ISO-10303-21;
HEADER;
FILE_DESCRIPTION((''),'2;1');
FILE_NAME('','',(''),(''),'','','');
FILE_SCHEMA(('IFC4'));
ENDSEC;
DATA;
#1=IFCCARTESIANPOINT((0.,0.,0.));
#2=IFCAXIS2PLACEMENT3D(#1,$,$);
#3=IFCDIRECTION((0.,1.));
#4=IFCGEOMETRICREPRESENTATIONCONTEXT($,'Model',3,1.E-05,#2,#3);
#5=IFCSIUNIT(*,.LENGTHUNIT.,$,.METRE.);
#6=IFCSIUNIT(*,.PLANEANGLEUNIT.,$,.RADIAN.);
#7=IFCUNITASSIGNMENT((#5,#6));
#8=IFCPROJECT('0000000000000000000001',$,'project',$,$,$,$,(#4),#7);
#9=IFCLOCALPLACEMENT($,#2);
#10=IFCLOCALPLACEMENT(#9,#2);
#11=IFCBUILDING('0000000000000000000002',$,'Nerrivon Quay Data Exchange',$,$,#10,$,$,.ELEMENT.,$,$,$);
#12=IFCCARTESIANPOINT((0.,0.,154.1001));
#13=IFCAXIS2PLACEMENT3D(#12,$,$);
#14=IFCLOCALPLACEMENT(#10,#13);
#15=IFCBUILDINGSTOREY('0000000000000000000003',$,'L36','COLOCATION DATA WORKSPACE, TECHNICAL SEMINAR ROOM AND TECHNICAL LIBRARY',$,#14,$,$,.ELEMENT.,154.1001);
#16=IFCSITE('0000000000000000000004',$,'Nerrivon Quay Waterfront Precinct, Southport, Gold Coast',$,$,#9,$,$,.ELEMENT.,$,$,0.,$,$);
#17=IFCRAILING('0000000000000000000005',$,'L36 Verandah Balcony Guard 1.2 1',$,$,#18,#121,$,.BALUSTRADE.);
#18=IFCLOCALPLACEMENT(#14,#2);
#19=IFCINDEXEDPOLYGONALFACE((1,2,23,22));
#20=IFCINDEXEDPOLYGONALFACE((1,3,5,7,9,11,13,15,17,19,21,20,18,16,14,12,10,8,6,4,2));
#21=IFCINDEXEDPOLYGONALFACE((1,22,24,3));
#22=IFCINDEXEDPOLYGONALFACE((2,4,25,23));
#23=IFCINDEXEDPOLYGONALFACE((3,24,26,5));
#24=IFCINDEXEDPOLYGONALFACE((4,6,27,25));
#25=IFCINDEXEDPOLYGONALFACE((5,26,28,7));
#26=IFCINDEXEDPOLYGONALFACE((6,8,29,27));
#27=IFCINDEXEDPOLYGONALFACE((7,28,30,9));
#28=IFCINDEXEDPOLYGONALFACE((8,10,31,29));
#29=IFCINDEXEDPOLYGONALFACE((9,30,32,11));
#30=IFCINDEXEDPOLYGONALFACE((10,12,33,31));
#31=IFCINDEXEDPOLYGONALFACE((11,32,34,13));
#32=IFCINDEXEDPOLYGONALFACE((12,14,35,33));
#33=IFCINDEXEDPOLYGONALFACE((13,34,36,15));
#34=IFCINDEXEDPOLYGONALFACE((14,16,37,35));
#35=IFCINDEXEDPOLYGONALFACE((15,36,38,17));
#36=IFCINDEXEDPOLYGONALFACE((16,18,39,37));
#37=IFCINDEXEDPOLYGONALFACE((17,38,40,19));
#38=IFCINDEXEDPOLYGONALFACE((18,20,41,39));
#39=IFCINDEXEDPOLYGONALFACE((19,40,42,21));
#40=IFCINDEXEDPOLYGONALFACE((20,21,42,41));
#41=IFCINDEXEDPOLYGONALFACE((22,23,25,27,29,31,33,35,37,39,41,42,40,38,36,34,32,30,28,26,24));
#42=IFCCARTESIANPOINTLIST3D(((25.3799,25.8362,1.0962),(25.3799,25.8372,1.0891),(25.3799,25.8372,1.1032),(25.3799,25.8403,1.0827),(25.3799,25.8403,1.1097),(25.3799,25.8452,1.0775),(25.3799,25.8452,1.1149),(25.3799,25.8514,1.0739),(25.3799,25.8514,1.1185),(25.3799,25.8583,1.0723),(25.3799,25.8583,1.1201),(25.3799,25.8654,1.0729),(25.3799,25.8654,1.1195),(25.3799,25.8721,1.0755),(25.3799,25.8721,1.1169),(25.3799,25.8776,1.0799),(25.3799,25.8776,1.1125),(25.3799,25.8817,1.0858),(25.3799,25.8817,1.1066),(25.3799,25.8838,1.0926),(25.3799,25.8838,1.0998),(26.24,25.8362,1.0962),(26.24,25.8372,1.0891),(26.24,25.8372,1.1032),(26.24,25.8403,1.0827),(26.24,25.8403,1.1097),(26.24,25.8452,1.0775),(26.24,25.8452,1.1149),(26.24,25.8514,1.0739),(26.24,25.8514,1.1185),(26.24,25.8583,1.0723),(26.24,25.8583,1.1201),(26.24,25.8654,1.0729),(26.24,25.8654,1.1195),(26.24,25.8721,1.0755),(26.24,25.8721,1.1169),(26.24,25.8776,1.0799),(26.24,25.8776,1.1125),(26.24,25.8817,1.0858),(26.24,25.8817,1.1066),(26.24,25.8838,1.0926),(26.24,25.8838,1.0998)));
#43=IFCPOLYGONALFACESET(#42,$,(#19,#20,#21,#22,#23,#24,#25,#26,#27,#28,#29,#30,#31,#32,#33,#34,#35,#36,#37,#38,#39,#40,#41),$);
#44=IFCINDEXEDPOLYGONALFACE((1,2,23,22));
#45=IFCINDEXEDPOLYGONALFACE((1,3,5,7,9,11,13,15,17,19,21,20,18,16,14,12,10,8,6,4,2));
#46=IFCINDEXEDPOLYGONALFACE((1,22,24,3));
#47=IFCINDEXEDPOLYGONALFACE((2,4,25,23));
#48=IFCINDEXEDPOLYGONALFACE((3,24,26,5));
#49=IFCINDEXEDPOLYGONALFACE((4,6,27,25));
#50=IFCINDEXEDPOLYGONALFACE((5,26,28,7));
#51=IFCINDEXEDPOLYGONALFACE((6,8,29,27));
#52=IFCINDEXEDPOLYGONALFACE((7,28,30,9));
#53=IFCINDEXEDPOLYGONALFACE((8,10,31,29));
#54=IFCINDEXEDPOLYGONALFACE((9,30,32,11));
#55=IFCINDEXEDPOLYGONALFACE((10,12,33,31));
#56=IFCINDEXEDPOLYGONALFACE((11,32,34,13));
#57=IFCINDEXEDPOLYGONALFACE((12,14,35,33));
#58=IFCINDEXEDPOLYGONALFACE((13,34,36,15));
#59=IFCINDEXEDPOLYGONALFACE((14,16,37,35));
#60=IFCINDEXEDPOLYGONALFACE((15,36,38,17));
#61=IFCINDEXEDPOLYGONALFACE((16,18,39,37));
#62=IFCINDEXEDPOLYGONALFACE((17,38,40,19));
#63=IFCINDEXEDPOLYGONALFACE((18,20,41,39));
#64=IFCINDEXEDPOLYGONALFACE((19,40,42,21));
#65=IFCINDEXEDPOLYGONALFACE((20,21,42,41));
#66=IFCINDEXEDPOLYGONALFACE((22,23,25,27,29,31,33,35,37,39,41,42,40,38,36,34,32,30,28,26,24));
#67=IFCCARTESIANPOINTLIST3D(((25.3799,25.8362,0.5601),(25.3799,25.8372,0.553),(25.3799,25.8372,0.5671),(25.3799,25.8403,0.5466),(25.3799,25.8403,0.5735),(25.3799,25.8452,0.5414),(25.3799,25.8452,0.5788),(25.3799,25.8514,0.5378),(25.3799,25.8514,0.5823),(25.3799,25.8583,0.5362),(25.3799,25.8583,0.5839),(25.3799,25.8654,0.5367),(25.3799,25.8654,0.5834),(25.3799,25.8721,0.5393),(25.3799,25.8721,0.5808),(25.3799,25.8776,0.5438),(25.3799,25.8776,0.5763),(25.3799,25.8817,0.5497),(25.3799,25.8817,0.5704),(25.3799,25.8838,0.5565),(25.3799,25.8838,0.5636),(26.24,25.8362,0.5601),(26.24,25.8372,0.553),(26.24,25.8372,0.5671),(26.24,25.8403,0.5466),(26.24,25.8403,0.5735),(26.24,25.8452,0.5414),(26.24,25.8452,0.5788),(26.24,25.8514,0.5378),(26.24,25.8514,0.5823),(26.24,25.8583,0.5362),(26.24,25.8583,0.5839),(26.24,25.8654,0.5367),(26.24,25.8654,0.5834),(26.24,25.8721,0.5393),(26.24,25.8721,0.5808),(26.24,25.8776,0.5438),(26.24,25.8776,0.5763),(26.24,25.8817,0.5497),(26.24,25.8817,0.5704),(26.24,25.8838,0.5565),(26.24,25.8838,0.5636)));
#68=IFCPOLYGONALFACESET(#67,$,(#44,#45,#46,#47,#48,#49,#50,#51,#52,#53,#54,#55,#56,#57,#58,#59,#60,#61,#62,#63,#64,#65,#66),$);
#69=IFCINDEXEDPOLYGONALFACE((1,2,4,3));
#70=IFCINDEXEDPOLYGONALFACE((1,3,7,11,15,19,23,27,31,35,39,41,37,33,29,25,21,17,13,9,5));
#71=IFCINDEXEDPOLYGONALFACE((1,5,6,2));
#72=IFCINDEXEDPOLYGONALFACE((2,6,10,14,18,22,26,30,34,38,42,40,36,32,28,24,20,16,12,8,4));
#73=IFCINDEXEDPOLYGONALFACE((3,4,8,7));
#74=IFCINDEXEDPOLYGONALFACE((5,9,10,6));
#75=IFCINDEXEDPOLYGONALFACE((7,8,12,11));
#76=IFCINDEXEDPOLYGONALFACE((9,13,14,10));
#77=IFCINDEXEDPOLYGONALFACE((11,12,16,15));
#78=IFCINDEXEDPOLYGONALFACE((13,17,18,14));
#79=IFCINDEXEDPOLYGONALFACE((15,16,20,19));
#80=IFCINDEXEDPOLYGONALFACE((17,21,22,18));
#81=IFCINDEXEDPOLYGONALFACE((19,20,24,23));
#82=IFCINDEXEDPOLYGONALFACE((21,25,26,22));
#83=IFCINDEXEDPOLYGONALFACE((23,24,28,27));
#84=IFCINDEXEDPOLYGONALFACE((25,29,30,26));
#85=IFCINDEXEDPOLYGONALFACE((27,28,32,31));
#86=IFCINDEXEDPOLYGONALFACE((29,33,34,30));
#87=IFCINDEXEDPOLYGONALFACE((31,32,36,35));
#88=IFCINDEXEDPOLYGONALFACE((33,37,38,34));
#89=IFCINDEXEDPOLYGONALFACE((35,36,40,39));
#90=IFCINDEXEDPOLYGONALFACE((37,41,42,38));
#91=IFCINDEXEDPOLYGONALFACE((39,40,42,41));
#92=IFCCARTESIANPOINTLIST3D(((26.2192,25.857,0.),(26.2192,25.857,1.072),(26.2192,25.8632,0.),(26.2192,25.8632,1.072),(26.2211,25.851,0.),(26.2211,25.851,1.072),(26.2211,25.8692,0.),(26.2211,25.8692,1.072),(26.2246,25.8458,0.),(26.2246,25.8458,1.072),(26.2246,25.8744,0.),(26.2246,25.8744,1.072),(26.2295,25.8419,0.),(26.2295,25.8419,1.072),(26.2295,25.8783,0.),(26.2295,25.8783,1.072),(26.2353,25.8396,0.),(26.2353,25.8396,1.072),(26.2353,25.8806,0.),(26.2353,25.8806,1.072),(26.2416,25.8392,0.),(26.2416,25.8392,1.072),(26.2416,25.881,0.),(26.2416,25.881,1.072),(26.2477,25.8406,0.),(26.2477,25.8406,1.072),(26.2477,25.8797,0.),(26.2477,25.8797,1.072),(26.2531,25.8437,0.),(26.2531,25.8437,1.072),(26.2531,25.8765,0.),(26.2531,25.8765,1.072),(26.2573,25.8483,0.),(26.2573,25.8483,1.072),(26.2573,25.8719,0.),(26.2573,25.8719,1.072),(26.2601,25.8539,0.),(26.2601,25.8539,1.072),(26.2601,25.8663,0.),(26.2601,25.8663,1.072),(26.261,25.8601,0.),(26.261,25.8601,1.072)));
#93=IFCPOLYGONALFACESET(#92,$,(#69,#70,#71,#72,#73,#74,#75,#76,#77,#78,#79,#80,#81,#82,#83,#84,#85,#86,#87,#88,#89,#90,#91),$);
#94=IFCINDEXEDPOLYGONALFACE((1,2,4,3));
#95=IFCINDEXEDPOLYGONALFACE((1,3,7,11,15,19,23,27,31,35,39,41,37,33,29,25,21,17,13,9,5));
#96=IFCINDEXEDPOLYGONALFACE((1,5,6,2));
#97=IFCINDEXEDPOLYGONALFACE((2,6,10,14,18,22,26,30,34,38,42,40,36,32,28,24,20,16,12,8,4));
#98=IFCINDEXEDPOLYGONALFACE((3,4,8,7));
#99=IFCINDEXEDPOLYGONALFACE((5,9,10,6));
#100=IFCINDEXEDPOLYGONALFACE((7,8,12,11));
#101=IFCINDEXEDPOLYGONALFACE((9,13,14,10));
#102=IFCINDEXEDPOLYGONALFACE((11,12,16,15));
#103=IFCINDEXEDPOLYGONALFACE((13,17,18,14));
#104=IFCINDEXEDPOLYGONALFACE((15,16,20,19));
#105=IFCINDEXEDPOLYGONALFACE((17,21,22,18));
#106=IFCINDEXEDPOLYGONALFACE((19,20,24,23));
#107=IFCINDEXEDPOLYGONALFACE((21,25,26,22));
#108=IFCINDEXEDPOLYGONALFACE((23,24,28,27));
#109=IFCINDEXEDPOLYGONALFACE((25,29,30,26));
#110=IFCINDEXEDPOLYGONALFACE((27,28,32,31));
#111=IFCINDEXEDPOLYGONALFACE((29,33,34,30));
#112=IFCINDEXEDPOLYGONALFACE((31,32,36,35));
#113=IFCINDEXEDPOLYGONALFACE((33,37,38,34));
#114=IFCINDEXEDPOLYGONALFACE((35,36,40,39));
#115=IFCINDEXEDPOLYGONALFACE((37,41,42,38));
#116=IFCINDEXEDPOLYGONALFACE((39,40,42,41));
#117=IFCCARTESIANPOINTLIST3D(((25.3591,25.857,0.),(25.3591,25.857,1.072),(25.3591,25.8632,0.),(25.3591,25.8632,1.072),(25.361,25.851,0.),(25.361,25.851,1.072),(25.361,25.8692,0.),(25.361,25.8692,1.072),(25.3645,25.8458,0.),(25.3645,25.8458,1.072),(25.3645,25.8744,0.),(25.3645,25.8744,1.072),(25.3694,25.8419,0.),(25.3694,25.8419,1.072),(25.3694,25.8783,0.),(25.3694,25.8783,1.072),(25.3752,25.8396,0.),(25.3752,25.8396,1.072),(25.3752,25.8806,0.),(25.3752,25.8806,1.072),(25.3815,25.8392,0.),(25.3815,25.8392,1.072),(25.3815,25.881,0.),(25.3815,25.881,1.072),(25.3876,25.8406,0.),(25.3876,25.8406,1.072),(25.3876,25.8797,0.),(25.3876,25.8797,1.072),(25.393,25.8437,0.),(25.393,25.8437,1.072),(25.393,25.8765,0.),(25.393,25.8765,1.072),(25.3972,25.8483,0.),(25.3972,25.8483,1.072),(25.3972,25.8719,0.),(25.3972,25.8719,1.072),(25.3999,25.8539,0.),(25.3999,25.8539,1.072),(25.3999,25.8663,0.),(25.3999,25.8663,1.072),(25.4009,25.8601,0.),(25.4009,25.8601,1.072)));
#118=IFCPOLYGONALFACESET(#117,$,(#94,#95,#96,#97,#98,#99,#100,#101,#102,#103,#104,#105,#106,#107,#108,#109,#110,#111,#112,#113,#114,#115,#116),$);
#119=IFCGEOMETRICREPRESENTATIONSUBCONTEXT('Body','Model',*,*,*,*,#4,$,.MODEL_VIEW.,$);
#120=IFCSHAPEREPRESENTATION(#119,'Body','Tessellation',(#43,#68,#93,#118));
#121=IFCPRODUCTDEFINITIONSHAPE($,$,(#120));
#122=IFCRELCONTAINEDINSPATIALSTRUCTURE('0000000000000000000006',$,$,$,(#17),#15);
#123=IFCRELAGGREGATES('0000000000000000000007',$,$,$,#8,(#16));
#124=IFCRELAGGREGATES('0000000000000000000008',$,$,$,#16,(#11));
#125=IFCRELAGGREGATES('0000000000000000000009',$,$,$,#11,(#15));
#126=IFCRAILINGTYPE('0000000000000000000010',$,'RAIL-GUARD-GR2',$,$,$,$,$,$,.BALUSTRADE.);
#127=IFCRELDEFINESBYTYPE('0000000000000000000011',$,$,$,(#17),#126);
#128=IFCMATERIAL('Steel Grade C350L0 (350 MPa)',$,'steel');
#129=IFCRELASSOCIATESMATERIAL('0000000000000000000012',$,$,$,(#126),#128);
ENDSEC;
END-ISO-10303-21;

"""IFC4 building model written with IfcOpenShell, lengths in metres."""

from ifc_helpers import new_model, si_unit, direction, frame, origin, origin_2d, place, context, subcontext, project, spatial, circle, extrude, material, type_object, element, save


model = new_model("IFC4")

# Units and contexts
model_context = context("Model", 3, precision=1e-05, world=origin(), true_north=direction((0.0, 1.0)))
body_context = subcontext(model_context, "Body", "Model", "MODEL_VIEW")
ifc_project = project(units=[si_unit("LENGTHUNIT", "METRE"), si_unit("PLANEANGLEUNIT", "RADIAN")], contexts=[model_context])

# Site, building, storey
site_placement = place(None, origin())
site = spatial("IfcSite", under=ifc_project, at=site_placement, Name="Nerrivon Quay Waterfront Precinct, Southport, Gold Coast", CompositionType="ELEMENT", RefElevation=0.0)
building_placement = place(site_placement, origin())
building = spatial("IfcBuilding", under=site, at=building_placement, Name="Nerrivon Quay Data Exchange", CompositionType="ELEMENT")
storey_placement = place(building_placement, frame((0.0, 0.0, 154.1001)))
storey = spatial("IfcBuildingStorey", under=building, at=storey_placement, Name="L36", Description="COLOCATION DATA WORKSPACE, TECHNICAL SEMINAR ROOM AND TECHNICAL LIBRARY", CompositionType="ELEMENT", Elevation=154.1001)

# Railing
ifc_material_1 = material(Name="Steel Grade C350L0 (350 MPa)", Category="steel")
railing_type = type_object("IfcRailingType", Name="RAIL-GUARD-GR2", PredefinedType="BALUSTRADE", material=ifc_material_1)
railing_placement = place(storey_placement, frame((26.24, 25.8601, 0.0)))
element("IfcRailing", 1, at=railing_placement, inside=storey, type_object=railing_type, Name="L36 Verandah Balcony Guard 1.2 1", PredefinedType="BALUSTRADE", context=body_context, shape_type="SweptSolid", body=[
    extrude(circle(Radius=0.0239, at=origin_2d()), frame((0.0, 0.0, 1.0962), z_axis=(-1.0, 0.0, 0.0), x_axis=(0.0, -1.0, 0.0)), (0.0, 0.0, 1.0), 0.8601),
    extrude(circle(Radius=0.0239, at=origin_2d()), frame((0.0, 0.0, 0.5601), z_axis=(-1.0, 0.0, 0.0), x_axis=(0.0, -1.0, 0.0)), (0.0, 0.0, 1.0), 0.8601),
    extrude(circle(Radius=0.021, at=origin_2d()), origin(), (0.0, 0.0, 1.0), 1.072),
    extrude(circle(Radius=0.021, at=origin_2d()), frame((-0.8601, 0.0, 0.0)), (0.0, 0.0, 1.0), 1.072),
])

save(model, "model.ifc")
